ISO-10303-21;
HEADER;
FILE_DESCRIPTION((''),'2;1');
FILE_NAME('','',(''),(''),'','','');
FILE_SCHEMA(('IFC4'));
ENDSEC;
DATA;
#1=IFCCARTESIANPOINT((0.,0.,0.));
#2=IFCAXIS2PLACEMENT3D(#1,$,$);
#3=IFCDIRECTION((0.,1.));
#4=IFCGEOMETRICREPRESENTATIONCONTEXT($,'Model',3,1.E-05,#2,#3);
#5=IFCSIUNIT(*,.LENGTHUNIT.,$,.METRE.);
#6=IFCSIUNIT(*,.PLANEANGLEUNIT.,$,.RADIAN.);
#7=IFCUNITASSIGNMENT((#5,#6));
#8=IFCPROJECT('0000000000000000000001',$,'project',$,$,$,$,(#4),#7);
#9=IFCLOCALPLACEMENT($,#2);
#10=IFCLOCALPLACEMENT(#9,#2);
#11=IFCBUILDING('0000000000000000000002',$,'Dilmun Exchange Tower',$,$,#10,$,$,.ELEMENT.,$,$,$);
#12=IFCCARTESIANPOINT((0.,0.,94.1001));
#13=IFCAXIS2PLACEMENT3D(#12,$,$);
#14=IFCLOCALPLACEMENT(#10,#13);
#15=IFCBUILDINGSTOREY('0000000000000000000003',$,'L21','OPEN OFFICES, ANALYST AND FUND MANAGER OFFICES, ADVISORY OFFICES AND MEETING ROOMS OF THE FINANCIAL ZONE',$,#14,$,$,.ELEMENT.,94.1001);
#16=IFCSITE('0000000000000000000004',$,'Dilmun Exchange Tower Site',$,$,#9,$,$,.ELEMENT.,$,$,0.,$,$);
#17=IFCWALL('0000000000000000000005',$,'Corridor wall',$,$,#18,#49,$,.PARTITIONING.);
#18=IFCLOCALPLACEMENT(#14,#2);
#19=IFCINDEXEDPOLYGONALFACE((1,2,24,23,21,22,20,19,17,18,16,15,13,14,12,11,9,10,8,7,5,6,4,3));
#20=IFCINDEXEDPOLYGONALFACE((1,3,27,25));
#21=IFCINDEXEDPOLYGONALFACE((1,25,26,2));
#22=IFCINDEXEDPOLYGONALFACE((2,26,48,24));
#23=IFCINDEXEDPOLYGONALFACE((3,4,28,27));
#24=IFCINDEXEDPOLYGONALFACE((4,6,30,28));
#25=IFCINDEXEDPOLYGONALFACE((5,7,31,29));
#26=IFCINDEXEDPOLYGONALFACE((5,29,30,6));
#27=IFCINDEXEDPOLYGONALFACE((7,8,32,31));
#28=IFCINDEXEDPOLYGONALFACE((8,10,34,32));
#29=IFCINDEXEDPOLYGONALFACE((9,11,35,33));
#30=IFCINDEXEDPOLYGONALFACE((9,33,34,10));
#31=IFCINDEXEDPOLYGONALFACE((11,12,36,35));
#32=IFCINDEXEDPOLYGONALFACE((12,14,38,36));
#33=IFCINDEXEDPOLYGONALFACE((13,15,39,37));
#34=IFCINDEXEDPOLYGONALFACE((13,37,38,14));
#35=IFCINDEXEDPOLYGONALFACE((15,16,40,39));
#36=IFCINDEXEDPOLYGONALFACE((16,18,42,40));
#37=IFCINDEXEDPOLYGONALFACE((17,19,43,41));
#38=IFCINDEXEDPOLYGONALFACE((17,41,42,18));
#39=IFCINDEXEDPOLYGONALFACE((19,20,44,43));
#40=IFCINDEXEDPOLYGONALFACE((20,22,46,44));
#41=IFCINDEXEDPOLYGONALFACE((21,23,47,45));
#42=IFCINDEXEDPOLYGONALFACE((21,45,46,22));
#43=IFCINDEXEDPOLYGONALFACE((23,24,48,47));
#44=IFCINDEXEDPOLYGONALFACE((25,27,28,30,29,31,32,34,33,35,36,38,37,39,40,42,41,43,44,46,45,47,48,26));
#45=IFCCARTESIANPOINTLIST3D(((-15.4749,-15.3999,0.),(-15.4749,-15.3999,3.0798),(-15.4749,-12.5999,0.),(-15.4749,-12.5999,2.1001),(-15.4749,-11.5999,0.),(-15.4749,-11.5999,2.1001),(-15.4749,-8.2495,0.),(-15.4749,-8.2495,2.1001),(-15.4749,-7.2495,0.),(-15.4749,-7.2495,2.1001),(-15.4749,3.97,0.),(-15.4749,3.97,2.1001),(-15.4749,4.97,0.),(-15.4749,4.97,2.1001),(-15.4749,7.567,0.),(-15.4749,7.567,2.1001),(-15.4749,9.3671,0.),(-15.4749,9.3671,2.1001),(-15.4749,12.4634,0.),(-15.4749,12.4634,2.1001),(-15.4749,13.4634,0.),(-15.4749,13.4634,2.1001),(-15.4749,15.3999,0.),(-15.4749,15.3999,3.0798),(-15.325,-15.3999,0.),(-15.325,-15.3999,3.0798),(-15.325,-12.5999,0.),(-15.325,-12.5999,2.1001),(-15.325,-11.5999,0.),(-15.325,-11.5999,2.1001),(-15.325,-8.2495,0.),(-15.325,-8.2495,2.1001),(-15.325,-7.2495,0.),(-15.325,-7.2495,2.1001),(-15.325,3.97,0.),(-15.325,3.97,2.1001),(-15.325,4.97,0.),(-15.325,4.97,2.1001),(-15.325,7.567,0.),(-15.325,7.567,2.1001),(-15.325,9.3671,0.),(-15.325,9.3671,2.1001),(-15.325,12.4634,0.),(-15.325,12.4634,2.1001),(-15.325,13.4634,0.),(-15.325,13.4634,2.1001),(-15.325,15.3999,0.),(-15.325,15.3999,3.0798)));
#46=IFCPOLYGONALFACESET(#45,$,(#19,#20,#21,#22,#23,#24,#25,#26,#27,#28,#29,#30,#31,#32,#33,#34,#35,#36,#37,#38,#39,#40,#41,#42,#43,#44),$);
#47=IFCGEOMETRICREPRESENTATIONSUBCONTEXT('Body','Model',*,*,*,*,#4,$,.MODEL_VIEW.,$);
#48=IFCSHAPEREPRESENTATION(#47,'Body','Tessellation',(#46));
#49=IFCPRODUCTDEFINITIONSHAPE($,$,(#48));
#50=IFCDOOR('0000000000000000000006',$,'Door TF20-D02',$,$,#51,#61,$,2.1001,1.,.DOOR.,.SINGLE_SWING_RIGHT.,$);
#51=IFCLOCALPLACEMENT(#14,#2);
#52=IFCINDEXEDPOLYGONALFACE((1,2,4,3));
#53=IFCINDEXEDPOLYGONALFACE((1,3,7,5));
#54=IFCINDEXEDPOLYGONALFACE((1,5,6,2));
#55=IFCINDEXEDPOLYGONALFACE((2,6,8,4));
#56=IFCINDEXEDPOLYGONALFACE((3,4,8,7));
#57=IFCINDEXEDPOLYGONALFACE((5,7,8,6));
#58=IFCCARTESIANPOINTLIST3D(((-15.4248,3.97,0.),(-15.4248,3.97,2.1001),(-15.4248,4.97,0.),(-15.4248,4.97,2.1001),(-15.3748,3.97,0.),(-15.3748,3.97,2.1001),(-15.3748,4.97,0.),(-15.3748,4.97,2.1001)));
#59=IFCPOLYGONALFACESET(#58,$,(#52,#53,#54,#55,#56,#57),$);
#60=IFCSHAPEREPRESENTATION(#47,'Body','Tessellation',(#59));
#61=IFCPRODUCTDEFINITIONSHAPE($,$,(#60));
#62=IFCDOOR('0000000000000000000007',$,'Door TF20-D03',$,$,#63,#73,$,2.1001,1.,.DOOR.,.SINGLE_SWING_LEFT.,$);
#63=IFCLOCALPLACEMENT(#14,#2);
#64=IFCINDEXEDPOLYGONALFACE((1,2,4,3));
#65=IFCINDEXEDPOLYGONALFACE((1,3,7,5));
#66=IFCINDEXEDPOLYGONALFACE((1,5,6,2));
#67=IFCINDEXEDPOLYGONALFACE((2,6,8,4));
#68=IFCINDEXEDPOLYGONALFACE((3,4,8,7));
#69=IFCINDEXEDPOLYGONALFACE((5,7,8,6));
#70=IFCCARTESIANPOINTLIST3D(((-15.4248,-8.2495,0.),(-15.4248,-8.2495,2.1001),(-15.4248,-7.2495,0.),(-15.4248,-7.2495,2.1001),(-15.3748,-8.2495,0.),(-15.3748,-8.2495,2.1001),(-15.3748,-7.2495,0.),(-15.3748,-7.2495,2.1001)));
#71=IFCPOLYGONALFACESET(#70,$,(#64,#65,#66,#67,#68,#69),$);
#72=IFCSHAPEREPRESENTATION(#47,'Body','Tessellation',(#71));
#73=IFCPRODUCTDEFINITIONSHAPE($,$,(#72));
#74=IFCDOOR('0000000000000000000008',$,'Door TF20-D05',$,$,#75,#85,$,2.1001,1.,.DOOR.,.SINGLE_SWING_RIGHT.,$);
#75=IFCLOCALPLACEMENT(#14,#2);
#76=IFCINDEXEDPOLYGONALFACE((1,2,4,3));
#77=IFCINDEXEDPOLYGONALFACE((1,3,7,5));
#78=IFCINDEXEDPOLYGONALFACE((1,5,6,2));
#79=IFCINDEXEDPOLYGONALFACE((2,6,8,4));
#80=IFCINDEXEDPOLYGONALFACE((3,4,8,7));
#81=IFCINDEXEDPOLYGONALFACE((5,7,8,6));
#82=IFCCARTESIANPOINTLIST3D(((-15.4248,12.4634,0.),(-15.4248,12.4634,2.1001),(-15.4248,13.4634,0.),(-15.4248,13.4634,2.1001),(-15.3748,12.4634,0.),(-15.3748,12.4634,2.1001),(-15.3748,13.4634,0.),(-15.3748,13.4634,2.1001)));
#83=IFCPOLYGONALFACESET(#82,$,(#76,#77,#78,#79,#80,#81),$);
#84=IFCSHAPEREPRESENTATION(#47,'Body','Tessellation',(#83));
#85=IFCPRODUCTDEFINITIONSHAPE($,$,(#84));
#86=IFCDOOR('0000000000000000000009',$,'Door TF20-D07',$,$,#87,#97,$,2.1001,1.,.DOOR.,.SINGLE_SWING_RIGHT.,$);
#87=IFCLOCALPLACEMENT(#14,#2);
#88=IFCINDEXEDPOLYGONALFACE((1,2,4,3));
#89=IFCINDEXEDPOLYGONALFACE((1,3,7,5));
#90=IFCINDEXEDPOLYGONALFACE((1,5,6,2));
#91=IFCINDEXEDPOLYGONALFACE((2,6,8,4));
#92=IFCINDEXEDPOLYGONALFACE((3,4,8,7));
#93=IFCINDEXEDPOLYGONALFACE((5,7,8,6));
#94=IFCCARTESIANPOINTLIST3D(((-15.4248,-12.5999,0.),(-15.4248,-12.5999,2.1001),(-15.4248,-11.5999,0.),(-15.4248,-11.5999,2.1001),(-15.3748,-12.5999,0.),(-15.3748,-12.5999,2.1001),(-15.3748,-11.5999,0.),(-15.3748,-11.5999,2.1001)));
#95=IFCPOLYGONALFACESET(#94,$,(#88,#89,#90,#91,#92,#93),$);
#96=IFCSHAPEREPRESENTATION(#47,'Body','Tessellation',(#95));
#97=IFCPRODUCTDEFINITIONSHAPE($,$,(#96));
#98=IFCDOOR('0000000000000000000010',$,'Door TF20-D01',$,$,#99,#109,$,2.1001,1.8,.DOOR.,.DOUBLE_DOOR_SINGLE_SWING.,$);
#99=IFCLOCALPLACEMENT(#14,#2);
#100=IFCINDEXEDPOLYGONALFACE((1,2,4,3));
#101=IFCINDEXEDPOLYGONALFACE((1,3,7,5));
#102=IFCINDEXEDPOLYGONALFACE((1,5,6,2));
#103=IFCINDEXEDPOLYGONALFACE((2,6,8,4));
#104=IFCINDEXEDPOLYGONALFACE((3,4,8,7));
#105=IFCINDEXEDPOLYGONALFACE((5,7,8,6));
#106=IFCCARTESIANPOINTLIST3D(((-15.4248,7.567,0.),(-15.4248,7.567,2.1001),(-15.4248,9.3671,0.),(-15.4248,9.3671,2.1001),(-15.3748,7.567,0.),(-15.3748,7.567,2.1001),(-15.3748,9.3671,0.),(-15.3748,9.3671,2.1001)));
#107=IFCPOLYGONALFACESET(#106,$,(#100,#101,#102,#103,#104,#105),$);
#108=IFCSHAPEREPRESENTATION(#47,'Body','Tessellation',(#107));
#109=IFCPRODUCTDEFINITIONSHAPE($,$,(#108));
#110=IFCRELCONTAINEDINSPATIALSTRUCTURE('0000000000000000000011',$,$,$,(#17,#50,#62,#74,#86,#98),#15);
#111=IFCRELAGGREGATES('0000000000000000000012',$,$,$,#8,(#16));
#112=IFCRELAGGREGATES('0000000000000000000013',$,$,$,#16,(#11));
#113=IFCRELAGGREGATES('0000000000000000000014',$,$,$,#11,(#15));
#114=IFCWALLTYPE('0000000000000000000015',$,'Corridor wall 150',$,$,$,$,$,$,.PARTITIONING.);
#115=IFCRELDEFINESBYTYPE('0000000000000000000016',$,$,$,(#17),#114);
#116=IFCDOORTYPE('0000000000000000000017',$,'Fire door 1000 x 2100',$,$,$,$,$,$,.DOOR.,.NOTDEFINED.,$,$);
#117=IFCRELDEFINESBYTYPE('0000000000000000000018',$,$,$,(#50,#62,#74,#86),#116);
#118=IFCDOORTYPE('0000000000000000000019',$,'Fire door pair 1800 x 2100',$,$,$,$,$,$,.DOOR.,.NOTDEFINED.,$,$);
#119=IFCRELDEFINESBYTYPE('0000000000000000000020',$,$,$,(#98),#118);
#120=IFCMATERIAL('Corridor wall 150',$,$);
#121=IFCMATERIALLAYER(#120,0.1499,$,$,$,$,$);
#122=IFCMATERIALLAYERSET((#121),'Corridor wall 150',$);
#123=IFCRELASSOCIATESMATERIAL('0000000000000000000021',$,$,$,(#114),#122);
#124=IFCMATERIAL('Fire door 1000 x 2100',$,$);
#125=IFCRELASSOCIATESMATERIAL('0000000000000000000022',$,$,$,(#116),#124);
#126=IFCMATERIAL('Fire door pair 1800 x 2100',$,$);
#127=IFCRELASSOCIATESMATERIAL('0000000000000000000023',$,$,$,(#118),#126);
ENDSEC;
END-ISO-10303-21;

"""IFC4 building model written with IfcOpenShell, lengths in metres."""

from ifc_helpers import new_model, si_unit, direction, frame, frame_2d, origin, place, context, subcontext, project, spatial, rectangle, extrude, material, layer, layer_set, type_object, element, fill, save


model = new_model("IFC4")

# Units and contexts
model_context = context("Model", 3, precision=1e-05, world=origin(), true_north=direction((0.0, 1.0)))
body_context = subcontext(model_context, "Body", "Model", "MODEL_VIEW")
ifc_project = project(units=[si_unit("LENGTHUNIT", "METRE"), si_unit("PLANEANGLEUNIT", "RADIAN")], contexts=[model_context])

# Site, building, storey
site_placement = place(None, origin())
site = spatial("IfcSite", under=ifc_project, at=site_placement, Name="Dilmun Exchange Tower Site", CompositionType="ELEMENT", RefElevation=0.0)
building_placement = place(site_placement, origin())
building = spatial("IfcBuilding", under=site, at=building_placement, Name="Dilmun Exchange Tower", CompositionType="ELEMENT")
storey_placement = place(building_placement, frame((0.0, 0.0, 94.1001)))
storey = spatial("IfcBuildingStorey", under=building, at=storey_placement, Name="L21", Description="OPEN OFFICES, ANALYST AND FUND MANAGER OFFICES, ADVISORY OFFICES AND MEETING ROOMS OF THE FINANCIAL ZONE", CompositionType="ELEMENT", Elevation=94.1001)

# Wall, openings, doors
ifc_material_1 = material(Name="Corridor wall 150")
ifc_layer = layer(ifc_material_1, 0.1499)
ifc_layer_set = layer_set([ifc_layer], Name="Corridor wall 150")
wall_type = type_object("IfcWallType", Name="Corridor wall 150", PredefinedType="PARTITIONING", material=ifc_layer_set)
wall_1_placement = place(storey_placement, frame((-15.3999, -15.3999, 0.0), z_axis=(0.0, 0.0, 1.0), x_axis=(0.0, 1.0, 0.0)))
wall_1 = element("IfcWall", 1, at=wall_1_placement, inside=storey, type_object=wall_type, Name="Corridor wall", PredefinedType="PARTITIONING", context=body_context, shape_type="SweptSolid", body=[
    extrude(rectangle(XDim=30.7998, YDim=0.1499, at=frame_2d((15.3999, 0.0))), origin(), (0.0, 0.0, 1.0), 3.0798),
])
opening_1_placement = place(wall_1_placement, frame((22.967, 0.0, 0.0)))
opening_1 = element("IfcOpeningElement", 2, at=opening_1_placement, cuts=wall_1, PredefinedType="OPENING", context=body_context, shape_type="SweptSolid", body=[
    extrude(rectangle(XDim=1.8, YDim=2.1001, at=frame_2d((0.8999, 1.05))), frame((0.0, 0.085, 0.0), z_axis=(0.0, -1.0, 0.0), x_axis=(1.0, 0.0, 0.0)), (0.0, 0.0, 1.0), 0.1699),
])
opening_2_placement = place(wall_1_placement, frame((19.3699, 0.0, 0.0)))
opening_2 = element("IfcOpeningElement", 3, at=opening_2_placement, cuts=wall_1, PredefinedType="OPENING", context=body_context, shape_type="SweptSolid", body=[
    extrude(rectangle(XDim=1.0, YDim=2.1001, at=frame_2d((0.5, 1.05))), frame((0.0, 0.085, 0.0), z_axis=(0.0, -1.0, 0.0), x_axis=(1.0, 0.0, 0.0)), (0.0, 0.0, 1.0), 0.1699),
])
opening_3_placement = place(wall_1_placement, frame((7.1504, 0.0, 0.0)))
opening_3 = element("IfcOpeningElement", 4, at=opening_3_placement, cuts=wall_1, PredefinedType="OPENING", context=body_context, shape_type="SweptSolid", body=[
    extrude(rectangle(XDim=1.0, YDim=2.1001, at=frame_2d((0.5, 1.05))), frame((0.0, 0.085, 0.0), z_axis=(0.0, -1.0, 0.0), x_axis=(1.0, 0.0, 0.0)), (0.0, 0.0, 1.0), 0.1699),
])
opening_4_placement = place(wall_1_placement, frame((27.8633, 0.0, 0.0)))
opening_4 = element("IfcOpeningElement", 5, at=opening_4_placement, cuts=wall_1, PredefinedType="OPENING", context=body_context, shape_type="SweptSolid", body=[
    extrude(rectangle(XDim=1.0, YDim=2.1001, at=frame_2d((0.5, 1.05))), frame((0.0, 0.085, 0.0), z_axis=(0.0, -1.0, 0.0), x_axis=(1.0, 0.0, 0.0)), (0.0, 0.0, 1.0), 0.1699),
])
opening_5_placement = place(wall_1_placement, frame((2.8, 0.0, 0.0)))
opening_5 = element("IfcOpeningElement", 6, at=opening_5_placement, cuts=wall_1, PredefinedType="OPENING", context=body_context, shape_type="SweptSolid", body=[
    extrude(rectangle(XDim=1.0, YDim=2.1001, at=frame_2d((0.5, 1.05))), frame((0.0, 0.085, 0.0), z_axis=(0.0, -1.0, 0.0), x_axis=(1.0, 0.0, 0.0)), (0.0, 0.0, 1.0), 0.1699),
])
ifc_material_2 = material(Name="Fire door 1000 x 2100")
door_type_1 = type_object("IfcDoorType", Name="Fire door 1000 x 2100", OperationType="NOTDEFINED", PredefinedType="DOOR", material=ifc_material_2)
door_1_placement = place(opening_2_placement, origin())
door_1 = element("IfcDoor", 7, at=door_1_placement, inside=storey, type_object=door_type_1, Name="Door TF20-D02", OperationType="SINGLE_SWING_RIGHT", OverallHeight=2.1001, OverallWidth=1.0, PredefinedType="DOOR", context=body_context, shape_type="SweptSolid", body=[
    extrude(rectangle(XDim=1.0, YDim=2.1001, at=frame_2d((0.5, 1.05))), frame((0.0, 0.0249, 0.0), z_axis=(0.0, -1.0, 0.0), x_axis=(1.0, 0.0, 0.0)), (0.0, 0.0, 1.0), 0.05),
])
fill(opening_2, door_1)
door_2_placement = place(opening_3_placement, origin())
door_2 = element("IfcDoor", 8, at=door_2_placement, inside=storey, type_object=door_type_1, Name="Door TF20-D03", OperationType="SINGLE_SWING_LEFT", OverallHeight=2.1001, OverallWidth=1.0, PredefinedType="DOOR", context=body_context, shape_type="SweptSolid", body=[
    extrude(rectangle(XDim=1.0, YDim=2.1001, at=frame_2d((0.5, 1.05))), frame((0.0, 0.0249, 0.0), z_axis=(0.0, -1.0, 0.0), x_axis=(1.0, 0.0, 0.0)), (0.0, 0.0, 1.0), 0.05),
])
fill(opening_3, door_2)
door_3_placement = place(opening_4_placement, origin())
door_3 = element("IfcDoor", 9, at=door_3_placement, inside=storey, type_object=door_type_1, Name="Door TF20-D05", OperationType="SINGLE_SWING_RIGHT", OverallHeight=2.1001, OverallWidth=1.0, PredefinedType="DOOR", context=body_context, shape_type="SweptSolid", body=[
    extrude(rectangle(XDim=1.0, YDim=2.1001, at=frame_2d((0.5, 1.05))), frame((0.0, 0.0249, 0.0), z_axis=(0.0, -1.0, 0.0), x_axis=(1.0, 0.0, 0.0)), (0.0, 0.0, 1.0), 0.05),
])
fill(opening_4, door_3)
door_4_placement = place(opening_5_placement, origin())
door_4 = element("IfcDoor", 10, at=door_4_placement, inside=storey, type_object=door_type_1, Name="Door TF20-D07", OperationType="SINGLE_SWING_RIGHT", OverallHeight=2.1001, OverallWidth=1.0, PredefinedType="DOOR", context=body_context, shape_type="SweptSolid", body=[
    extrude(rectangle(XDim=1.0, YDim=2.1001, at=frame_2d((0.5, 1.05))), frame((0.0, 0.0249, 0.0), z_axis=(0.0, -1.0, 0.0), x_axis=(1.0, 0.0, 0.0)), (0.0, 0.0, 1.0), 0.05),
])
fill(opening_5, door_4)
ifc_material_3 = material(Name="Fire door pair 1800 x 2100")
door_type_2 = type_object("IfcDoorType", Name="Fire door pair 1800 x 2100", OperationType="NOTDEFINED", PredefinedType="DOOR", material=ifc_material_3)
door_5_placement = place(opening_1_placement, origin())
door_5 = element("IfcDoor", 11, at=door_5_placement, inside=storey, type_object=door_type_2, Name="Door TF20-D01", OperationType="DOUBLE_DOOR_SINGLE_SWING", OverallHeight=2.1001, OverallWidth=1.8, PredefinedType="DOOR", context=body_context, shape_type="SweptSolid", body=[
    extrude(rectangle(XDim=1.8, YDim=2.1001, at=frame_2d((0.8999, 1.05))), frame((0.0, 0.0249, 0.0), z_axis=(0.0, -1.0, 0.0), x_axis=(1.0, 0.0, 0.0)), (0.0, 0.0, 1.0), 0.05),
])
fill(opening_1, door_5)

save(model, "model.ifc")
